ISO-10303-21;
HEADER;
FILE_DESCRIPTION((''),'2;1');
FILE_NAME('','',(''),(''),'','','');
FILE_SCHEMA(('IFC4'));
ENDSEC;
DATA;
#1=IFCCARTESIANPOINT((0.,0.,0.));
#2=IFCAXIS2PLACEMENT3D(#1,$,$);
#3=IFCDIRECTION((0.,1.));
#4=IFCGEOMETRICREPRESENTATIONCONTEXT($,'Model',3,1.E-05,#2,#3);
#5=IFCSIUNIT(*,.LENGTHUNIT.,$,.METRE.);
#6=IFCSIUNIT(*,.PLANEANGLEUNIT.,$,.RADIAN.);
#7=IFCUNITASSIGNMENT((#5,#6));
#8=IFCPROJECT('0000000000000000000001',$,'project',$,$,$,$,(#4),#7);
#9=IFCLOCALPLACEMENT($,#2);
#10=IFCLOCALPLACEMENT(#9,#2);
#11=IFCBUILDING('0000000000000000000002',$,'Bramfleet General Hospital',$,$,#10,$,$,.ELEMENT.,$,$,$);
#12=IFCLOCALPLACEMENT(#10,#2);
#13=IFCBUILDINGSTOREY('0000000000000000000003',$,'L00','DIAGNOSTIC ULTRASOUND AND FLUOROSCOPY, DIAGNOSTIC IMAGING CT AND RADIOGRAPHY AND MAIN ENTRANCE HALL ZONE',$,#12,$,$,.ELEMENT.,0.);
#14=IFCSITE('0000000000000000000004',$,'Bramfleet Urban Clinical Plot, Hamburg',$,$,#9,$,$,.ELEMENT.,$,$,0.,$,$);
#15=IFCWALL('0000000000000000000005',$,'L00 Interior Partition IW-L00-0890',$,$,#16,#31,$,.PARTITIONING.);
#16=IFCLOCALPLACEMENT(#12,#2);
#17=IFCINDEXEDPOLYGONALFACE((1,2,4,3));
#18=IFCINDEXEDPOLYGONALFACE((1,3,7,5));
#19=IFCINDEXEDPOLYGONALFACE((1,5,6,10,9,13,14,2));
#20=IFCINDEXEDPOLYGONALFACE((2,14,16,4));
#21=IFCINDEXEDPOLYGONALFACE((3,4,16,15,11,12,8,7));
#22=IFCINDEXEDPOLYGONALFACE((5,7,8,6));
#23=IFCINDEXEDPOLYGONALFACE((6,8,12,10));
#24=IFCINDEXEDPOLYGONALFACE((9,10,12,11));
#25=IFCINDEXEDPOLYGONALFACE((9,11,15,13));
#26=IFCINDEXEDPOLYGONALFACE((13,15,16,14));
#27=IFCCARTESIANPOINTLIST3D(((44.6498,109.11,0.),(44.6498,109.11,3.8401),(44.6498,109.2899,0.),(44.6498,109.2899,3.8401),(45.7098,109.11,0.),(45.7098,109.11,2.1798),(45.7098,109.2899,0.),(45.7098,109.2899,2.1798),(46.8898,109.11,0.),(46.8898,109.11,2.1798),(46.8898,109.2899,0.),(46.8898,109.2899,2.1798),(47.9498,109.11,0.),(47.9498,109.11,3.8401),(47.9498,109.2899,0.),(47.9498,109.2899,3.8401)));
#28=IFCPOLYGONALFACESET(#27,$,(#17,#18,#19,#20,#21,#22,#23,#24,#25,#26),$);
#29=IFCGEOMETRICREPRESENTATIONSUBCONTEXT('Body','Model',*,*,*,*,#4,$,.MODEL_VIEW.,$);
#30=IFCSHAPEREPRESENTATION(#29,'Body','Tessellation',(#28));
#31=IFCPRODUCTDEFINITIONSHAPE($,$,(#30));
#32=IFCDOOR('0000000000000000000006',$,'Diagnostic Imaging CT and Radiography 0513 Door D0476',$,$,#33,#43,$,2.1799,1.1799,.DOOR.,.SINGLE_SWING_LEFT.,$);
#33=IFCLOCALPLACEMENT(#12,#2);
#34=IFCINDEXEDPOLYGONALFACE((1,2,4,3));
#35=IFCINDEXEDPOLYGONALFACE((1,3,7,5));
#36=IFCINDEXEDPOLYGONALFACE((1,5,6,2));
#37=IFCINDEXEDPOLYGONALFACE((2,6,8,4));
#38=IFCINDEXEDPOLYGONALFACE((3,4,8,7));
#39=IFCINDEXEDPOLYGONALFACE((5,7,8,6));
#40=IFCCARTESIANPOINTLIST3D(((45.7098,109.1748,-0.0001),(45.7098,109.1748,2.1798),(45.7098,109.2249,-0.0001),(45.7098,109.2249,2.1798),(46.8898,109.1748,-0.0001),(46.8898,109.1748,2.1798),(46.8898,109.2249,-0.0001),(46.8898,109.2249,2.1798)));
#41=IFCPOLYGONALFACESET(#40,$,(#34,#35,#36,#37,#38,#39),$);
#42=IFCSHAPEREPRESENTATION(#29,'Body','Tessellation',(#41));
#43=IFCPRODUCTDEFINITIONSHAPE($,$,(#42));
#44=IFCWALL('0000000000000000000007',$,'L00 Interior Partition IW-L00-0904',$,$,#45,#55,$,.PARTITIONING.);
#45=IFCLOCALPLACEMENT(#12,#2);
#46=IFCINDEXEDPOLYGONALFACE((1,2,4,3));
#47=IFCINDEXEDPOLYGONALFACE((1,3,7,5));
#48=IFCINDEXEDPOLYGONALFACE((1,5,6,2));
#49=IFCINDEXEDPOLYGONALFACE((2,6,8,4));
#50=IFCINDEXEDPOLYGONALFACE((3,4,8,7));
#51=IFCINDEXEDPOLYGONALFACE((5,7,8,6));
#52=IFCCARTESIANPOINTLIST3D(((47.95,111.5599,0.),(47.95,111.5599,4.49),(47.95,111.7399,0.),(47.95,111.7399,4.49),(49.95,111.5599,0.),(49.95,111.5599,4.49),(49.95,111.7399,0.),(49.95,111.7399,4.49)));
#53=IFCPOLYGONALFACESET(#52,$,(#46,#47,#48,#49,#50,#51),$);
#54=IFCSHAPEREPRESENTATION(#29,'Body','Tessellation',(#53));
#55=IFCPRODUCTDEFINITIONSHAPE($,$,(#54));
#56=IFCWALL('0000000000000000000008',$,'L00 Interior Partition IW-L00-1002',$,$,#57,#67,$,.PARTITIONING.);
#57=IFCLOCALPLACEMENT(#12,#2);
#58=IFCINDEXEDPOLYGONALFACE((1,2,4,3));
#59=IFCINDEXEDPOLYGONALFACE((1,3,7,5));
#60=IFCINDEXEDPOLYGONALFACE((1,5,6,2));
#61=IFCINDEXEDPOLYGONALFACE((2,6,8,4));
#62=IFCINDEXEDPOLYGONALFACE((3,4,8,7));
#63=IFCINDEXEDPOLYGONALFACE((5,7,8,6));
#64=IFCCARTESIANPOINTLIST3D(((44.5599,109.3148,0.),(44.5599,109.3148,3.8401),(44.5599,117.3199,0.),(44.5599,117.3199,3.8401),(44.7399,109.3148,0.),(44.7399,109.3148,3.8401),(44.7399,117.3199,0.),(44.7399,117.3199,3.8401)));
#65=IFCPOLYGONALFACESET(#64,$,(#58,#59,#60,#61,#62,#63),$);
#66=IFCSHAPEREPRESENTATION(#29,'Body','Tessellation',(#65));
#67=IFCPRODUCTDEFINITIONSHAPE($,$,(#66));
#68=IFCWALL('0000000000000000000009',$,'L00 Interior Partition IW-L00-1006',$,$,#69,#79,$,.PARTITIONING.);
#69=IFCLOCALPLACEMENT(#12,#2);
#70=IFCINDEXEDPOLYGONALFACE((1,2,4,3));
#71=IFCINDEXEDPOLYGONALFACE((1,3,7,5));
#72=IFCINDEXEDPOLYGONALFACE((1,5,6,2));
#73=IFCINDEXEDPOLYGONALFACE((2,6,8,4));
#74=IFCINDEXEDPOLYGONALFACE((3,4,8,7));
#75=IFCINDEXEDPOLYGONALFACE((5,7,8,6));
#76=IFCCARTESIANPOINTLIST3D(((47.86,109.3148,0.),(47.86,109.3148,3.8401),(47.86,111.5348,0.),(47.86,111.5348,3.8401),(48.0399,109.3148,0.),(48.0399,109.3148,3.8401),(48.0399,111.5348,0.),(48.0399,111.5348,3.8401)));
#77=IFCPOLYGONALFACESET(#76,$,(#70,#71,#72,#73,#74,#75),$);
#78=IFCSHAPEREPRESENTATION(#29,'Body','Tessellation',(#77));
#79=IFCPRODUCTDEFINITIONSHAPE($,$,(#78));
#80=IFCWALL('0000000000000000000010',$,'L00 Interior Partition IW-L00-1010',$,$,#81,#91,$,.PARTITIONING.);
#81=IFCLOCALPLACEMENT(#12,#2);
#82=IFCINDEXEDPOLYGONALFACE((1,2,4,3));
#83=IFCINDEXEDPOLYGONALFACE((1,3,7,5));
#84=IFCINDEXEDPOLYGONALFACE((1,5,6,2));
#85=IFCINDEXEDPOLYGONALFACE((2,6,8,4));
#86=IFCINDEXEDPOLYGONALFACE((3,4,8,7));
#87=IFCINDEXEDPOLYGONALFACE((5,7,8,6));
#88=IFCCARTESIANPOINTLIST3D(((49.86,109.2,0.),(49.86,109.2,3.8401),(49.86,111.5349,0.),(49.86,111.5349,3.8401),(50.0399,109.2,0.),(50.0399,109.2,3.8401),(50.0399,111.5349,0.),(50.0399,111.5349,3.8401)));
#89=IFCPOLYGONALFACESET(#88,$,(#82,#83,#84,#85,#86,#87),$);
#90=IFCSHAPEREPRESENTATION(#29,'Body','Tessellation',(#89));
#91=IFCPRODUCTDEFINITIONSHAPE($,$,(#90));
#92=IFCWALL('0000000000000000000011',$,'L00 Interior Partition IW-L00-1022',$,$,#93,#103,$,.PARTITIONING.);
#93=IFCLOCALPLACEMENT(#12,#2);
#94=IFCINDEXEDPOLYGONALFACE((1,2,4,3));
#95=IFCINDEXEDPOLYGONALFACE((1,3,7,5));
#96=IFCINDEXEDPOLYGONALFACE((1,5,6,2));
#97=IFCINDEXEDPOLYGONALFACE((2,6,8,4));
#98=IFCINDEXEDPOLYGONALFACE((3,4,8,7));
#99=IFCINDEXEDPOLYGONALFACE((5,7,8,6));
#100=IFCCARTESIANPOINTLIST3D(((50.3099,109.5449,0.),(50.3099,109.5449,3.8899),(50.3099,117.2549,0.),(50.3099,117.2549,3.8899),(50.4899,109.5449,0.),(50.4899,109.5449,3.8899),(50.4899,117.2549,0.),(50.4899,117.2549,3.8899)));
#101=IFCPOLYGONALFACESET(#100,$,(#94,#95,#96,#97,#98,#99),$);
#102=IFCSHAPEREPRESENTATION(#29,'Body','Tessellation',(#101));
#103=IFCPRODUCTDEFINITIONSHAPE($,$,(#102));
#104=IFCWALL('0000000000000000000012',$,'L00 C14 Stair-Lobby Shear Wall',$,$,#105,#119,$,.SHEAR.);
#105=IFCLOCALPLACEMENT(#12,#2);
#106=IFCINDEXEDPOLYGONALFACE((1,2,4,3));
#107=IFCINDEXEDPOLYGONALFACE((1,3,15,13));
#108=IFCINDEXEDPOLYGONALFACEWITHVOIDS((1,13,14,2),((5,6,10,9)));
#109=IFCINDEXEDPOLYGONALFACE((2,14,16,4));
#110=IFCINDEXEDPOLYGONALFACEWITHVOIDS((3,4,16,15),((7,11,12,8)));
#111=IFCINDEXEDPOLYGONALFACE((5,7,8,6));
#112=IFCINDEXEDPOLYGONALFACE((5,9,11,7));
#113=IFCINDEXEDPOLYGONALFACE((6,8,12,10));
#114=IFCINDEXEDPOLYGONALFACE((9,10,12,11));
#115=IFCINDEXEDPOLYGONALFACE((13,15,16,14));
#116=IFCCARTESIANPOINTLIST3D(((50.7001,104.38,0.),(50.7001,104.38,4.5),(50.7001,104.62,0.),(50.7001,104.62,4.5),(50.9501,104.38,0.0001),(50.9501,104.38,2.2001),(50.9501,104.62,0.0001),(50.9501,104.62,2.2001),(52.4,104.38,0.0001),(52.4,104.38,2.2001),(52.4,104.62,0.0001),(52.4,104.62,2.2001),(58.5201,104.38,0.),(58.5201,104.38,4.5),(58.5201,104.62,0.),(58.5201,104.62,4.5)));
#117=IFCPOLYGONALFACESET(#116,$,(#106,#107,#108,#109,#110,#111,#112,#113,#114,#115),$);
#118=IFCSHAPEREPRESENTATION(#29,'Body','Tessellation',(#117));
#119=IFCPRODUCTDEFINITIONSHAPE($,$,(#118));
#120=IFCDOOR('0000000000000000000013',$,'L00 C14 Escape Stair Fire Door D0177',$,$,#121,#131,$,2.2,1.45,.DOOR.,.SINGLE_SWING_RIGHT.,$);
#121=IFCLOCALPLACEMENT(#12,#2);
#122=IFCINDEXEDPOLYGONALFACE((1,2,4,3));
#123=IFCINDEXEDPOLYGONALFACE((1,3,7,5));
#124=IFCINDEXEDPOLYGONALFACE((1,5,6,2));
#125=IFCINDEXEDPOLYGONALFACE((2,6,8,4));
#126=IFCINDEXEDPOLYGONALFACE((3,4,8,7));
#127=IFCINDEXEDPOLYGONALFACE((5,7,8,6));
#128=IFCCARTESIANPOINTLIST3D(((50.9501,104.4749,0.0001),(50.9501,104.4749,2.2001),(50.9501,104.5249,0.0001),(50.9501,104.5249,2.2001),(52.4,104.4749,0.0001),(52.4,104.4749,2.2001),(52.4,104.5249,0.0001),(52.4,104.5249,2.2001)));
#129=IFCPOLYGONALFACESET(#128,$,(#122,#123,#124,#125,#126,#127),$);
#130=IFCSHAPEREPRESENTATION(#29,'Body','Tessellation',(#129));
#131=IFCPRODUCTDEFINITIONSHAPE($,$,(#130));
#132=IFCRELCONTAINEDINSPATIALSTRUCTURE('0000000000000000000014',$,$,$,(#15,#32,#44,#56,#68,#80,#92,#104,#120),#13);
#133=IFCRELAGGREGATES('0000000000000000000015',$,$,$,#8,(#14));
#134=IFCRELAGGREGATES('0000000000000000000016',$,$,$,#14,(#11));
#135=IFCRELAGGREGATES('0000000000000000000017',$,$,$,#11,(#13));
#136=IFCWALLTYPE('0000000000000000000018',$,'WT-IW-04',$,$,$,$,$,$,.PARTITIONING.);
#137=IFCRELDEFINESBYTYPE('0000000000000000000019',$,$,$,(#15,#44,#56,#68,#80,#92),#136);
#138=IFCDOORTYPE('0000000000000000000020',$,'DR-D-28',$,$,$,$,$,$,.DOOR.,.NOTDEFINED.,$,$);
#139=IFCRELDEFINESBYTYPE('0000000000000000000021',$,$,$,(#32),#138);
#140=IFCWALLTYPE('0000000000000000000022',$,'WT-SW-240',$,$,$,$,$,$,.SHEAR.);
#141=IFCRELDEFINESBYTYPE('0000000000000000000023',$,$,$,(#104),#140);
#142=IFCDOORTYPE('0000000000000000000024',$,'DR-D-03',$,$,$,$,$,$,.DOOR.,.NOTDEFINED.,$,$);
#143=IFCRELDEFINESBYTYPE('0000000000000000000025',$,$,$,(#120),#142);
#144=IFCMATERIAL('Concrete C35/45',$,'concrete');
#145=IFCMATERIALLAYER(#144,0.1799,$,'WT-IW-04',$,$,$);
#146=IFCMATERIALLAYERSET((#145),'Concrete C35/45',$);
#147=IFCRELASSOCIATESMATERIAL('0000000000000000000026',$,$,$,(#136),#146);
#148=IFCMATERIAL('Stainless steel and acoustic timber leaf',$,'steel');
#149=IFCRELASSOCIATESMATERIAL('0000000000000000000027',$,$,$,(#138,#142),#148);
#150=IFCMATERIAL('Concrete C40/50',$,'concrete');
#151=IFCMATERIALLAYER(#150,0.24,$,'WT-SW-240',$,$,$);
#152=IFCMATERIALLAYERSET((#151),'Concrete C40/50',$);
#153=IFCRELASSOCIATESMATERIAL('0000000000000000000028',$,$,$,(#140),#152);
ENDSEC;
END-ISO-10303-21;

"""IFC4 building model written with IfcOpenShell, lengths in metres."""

from ifc_helpers import new_model, si_unit, direction, frame, frame_2d, origin, place, context, subcontext, project, spatial, rectangle, extrude, material, layer, layer_set, type_object, element, fill, save


model = new_model("IFC4")

# Units and contexts
model_context = context("Model", 3, precision=1e-05, world=origin(), true_north=direction((0.0, 1.0)))
body_context = subcontext(model_context, "Body", "Model", "MODEL_VIEW")
ifc_project = project(units=[si_unit("LENGTHUNIT", "METRE"), si_unit("PLANEANGLEUNIT", "RADIAN")], contexts=[model_context])

# Site, building, storey
site_placement = place(None, origin())
site = spatial("IfcSite", under=ifc_project, at=site_placement, Name="Bramfleet Urban Clinical Plot, Hamburg", CompositionType="ELEMENT", RefElevation=0.0)
building_placement = place(site_placement, origin())
building = spatial("IfcBuilding", under=site, at=building_placement, Name="Bramfleet General Hospital", CompositionType="ELEMENT")
storey_placement = place(building_placement, origin())
storey = spatial("IfcBuildingStorey", under=building, at=storey_placement, Name="L00", Description="DIAGNOSTIC ULTRASOUND AND FLUOROSCOPY, DIAGNOSTIC IMAGING CT AND RADIOGRAPHY AND MAIN ENTRANCE HALL ZONE", CompositionType="ELEMENT", Elevation=0.0)

# Shared definitions
ifc_material_1 = material(Name="Concrete C40/50", Category="concrete")

# Shared definitions
ifc_material_2 = material(Name="Concrete C35/45", Category="concrete")

# Wall, opening, door
ifc_material_3 = material(Name="Stainless steel and acoustic timber leaf", Category="steel")
ifc_layer_1 = layer(ifc_material_2, 0.1799, Name="WT-IW-04")
ifc_layer_set_1 = layer_set([ifc_layer_1], Name="Concrete C35/45")
wall_type_1 = type_object("IfcWallType", Name="WT-IW-04", PredefinedType="PARTITIONING", material=ifc_layer_set_1)
wall_1_placement = place(storey_placement, frame((44.6499, 109.2, 0.0), z_axis=(0.0, 0.0, 1.0), x_axis=(1.0, 0.0, 0.0)))
wall_1 = element("IfcWall", 1, at=wall_1_placement, inside=storey, type_object=wall_type_1, Name="L00 Interior Partition IW-L00-0890", PredefinedType="PARTITIONING", context=body_context, shape_type="SweptSolid", body=[
    extrude(rectangle(XDim=3.3, YDim=0.1799, at=frame_2d((1.6499, 0.0))), origin(), (0.0, 0.0, 1.0), 3.8401),
])
opening_1_placement = place(wall_1_placement, frame((1.0601, 0.0, 0.0)))
opening_1 = element("IfcOpeningElement", 2, at=opening_1_placement, cuts=wall_1, PredefinedType="OPENING", context=body_context, shape_type="SweptSolid", body=[
    extrude(rectangle(XDim=1.1799, YDim=2.1799, at=frame_2d((0.5898, 1.0898))), frame((0.0, 0.0999, 0.0), z_axis=(0.0, -1.0, 0.0), x_axis=(1.0, 0.0, 0.0)), (0.0, 0.0, 1.0), 0.2),
])
door_type_1 = type_object("IfcDoorType", Name="DR-D-28", OperationType="NOTDEFINED", PredefinedType="DOOR", material=ifc_material_3)
door_1_placement = place(opening_1_placement, origin())
door_1 = element("IfcDoor", 3, at=door_1_placement, inside=storey, type_object=door_type_1, Name="Diagnostic Imaging CT and Radiography 0513 Door D0476", OperationType="SINGLE_SWING_LEFT", OverallHeight=2.1799, OverallWidth=1.1799, PredefinedType="DOOR", context=body_context, shape_type="SweptSolid", body=[
    extrude(rectangle(XDim=1.1799, YDim=2.1799, at=frame_2d((0.5898, 1.0898))), frame((0.0, 0.0249, 0.0), z_axis=(0.0, -1.0, 0.0), x_axis=(1.0, 0.0, 0.0)), (0.0, 0.0, 1.0), 0.05),
])
fill(opening_1, door_1)

# Walls
wall_2_placement = place(storey_placement, frame((47.95, 111.6499, 0.0), z_axis=(0.0, 0.0, 1.0), x_axis=(1.0, 0.0, 0.0)))
element("IfcWall", 4, at=wall_2_placement, inside=storey, type_object=wall_type_1, Name="L00 Interior Partition IW-L00-0904", PredefinedType="PARTITIONING", context=body_context, shape_type="SweptSolid", body=[
    extrude(rectangle(XDim=2.0, YDim=0.1799, at=frame_2d((1.0, 0.0))), origin(), (0.0, 0.0, 1.0), 4.49),
])
wall_3_placement = place(storey_placement, frame((44.6499, 109.3149, 0.0), z_axis=(0.0, 0.0, 1.0), x_axis=(0.0, 1.0, 0.0)))
element("IfcWall", 5, at=wall_3_placement, inside=storey, type_object=wall_type_1, Name="L00 Interior Partition IW-L00-1002", PredefinedType="PARTITIONING", context=body_context, shape_type="SweptSolid", body=[
    extrude(rectangle(XDim=8.0051, YDim=0.1799, at=frame_2d((4.0024, 0.0))), origin(), (0.0, 0.0, 1.0), 3.8401),
])
wall_4_placement = place(storey_placement, frame((47.95, 109.3149, 0.0), z_axis=(0.0, 0.0, 1.0), x_axis=(0.0, 1.0, 0.0)))
element("IfcWall", 6, at=wall_4_placement, inside=storey, type_object=wall_type_1, Name="L00 Interior Partition IW-L00-1006", PredefinedType="PARTITIONING", context=body_context, shape_type="SweptSolid", body=[
    extrude(rectangle(XDim=2.22, YDim=0.1799, at=frame_2d((1.1099, 0.0))), origin(), (0.0, 0.0, 1.0), 3.8401),
])
wall_5_placement = place(storey_placement, frame((49.95, 109.2, 0.0), z_axis=(0.0, 0.0, 1.0), x_axis=(0.0, 1.0, 0.0)))
element("IfcWall", 7, at=wall_5_placement, inside=storey, type_object=wall_type_1, Name="L00 Interior Partition IW-L00-1010", PredefinedType="PARTITIONING", context=body_context, shape_type="SweptSolid", body=[
    extrude(rectangle(XDim=2.335, YDim=0.1799, at=frame_2d((1.1675, 0.0))), origin(), (0.0, 0.0, 1.0), 3.8401),
])
wall_6_placement = place(storey_placement, frame((50.3999, 109.5449, 0.0), z_axis=(0.0, 0.0, 1.0), x_axis=(0.0, 1.0, 0.0)))
element("IfcWall", 8, at=wall_6_placement, inside=storey, type_object=wall_type_1, Name="L00 Interior Partition IW-L00-1022", PredefinedType="PARTITIONING", context=body_context, shape_type="SweptSolid", body=[
    extrude(rectangle(XDim=7.71, YDim=0.1799, at=frame_2d((3.855, 0.0))), origin(), (0.0, 0.0, 1.0), 3.8899),
])

# Wall, opening, door
ifc_layer_2 = layer(ifc_material_1, 0.24, Name="WT-SW-240")
ifc_layer_set_2 = layer_set([ifc_layer_2], Name="Concrete C40/50")
wall_type_2 = type_object("IfcWallType", Name="WT-SW-240", PredefinedType="SHEAR", material=ifc_layer_set_2)
wall_7_placement = place(storey_placement, frame((50.7, 104.5, 0.0), z_axis=(0.0, 0.0, 1.0), x_axis=(1.0, 0.0, 0.0)))
wall_7 = element("IfcWall", 9, at=wall_7_placement, inside=storey, type_object=wall_type_2, Name="L00 C14 Stair-Lobby Shear Wall", PredefinedType="SHEAR", context=body_context, shape_type="SweptSolid", body=[
    extrude(rectangle(XDim=7.8201, YDim=0.24, at=frame_2d((3.9102, 0.0))), origin(), (0.0, 0.0, 1.0), 4.5),
])
opening_2_placement = place(wall_7_placement, frame((0.25, 0.0, 0.0)))
opening_2 = element("IfcOpeningElement", 10, at=opening_2_placement, cuts=wall_7, PredefinedType="OPENING", context=body_context, shape_type="SweptSolid", body=[
    extrude(rectangle(XDim=1.45, YDim=2.2, at=frame_2d((0.7251, 1.1001))), frame((0.0, 0.1299, 0.0), z_axis=(0.0, -1.0, 0.0), x_axis=(1.0, 0.0, 0.0)), (0.0, 0.0, 1.0), 0.26),
])
door_type_2 = type_object("IfcDoorType", Name="DR-D-03", OperationType="NOTDEFINED", PredefinedType="DOOR", material=ifc_material_3)
door_2_placement = place(opening_2_placement, origin())
door_2 = element("IfcDoor", 11, at=door_2_placement, inside=storey, type_object=door_type_2, Name="L00 C14 Escape Stair Fire Door D0177", OperationType="SINGLE_SWING_RIGHT", OverallHeight=2.2, OverallWidth=1.45, PredefinedType="DOOR", context=body_context, shape_type="SweptSolid", body=[
    extrude(rectangle(XDim=1.45, YDim=2.2, at=frame_2d((0.7251, 1.1001))), frame((0.0, 0.0249, 0.0), z_axis=(0.0, -1.0, 0.0), x_axis=(1.0, 0.0, 0.0)), (0.0, 0.0, 1.0), 0.05),
])
fill(opening_2, door_2)

save(model, "model.ifc")
